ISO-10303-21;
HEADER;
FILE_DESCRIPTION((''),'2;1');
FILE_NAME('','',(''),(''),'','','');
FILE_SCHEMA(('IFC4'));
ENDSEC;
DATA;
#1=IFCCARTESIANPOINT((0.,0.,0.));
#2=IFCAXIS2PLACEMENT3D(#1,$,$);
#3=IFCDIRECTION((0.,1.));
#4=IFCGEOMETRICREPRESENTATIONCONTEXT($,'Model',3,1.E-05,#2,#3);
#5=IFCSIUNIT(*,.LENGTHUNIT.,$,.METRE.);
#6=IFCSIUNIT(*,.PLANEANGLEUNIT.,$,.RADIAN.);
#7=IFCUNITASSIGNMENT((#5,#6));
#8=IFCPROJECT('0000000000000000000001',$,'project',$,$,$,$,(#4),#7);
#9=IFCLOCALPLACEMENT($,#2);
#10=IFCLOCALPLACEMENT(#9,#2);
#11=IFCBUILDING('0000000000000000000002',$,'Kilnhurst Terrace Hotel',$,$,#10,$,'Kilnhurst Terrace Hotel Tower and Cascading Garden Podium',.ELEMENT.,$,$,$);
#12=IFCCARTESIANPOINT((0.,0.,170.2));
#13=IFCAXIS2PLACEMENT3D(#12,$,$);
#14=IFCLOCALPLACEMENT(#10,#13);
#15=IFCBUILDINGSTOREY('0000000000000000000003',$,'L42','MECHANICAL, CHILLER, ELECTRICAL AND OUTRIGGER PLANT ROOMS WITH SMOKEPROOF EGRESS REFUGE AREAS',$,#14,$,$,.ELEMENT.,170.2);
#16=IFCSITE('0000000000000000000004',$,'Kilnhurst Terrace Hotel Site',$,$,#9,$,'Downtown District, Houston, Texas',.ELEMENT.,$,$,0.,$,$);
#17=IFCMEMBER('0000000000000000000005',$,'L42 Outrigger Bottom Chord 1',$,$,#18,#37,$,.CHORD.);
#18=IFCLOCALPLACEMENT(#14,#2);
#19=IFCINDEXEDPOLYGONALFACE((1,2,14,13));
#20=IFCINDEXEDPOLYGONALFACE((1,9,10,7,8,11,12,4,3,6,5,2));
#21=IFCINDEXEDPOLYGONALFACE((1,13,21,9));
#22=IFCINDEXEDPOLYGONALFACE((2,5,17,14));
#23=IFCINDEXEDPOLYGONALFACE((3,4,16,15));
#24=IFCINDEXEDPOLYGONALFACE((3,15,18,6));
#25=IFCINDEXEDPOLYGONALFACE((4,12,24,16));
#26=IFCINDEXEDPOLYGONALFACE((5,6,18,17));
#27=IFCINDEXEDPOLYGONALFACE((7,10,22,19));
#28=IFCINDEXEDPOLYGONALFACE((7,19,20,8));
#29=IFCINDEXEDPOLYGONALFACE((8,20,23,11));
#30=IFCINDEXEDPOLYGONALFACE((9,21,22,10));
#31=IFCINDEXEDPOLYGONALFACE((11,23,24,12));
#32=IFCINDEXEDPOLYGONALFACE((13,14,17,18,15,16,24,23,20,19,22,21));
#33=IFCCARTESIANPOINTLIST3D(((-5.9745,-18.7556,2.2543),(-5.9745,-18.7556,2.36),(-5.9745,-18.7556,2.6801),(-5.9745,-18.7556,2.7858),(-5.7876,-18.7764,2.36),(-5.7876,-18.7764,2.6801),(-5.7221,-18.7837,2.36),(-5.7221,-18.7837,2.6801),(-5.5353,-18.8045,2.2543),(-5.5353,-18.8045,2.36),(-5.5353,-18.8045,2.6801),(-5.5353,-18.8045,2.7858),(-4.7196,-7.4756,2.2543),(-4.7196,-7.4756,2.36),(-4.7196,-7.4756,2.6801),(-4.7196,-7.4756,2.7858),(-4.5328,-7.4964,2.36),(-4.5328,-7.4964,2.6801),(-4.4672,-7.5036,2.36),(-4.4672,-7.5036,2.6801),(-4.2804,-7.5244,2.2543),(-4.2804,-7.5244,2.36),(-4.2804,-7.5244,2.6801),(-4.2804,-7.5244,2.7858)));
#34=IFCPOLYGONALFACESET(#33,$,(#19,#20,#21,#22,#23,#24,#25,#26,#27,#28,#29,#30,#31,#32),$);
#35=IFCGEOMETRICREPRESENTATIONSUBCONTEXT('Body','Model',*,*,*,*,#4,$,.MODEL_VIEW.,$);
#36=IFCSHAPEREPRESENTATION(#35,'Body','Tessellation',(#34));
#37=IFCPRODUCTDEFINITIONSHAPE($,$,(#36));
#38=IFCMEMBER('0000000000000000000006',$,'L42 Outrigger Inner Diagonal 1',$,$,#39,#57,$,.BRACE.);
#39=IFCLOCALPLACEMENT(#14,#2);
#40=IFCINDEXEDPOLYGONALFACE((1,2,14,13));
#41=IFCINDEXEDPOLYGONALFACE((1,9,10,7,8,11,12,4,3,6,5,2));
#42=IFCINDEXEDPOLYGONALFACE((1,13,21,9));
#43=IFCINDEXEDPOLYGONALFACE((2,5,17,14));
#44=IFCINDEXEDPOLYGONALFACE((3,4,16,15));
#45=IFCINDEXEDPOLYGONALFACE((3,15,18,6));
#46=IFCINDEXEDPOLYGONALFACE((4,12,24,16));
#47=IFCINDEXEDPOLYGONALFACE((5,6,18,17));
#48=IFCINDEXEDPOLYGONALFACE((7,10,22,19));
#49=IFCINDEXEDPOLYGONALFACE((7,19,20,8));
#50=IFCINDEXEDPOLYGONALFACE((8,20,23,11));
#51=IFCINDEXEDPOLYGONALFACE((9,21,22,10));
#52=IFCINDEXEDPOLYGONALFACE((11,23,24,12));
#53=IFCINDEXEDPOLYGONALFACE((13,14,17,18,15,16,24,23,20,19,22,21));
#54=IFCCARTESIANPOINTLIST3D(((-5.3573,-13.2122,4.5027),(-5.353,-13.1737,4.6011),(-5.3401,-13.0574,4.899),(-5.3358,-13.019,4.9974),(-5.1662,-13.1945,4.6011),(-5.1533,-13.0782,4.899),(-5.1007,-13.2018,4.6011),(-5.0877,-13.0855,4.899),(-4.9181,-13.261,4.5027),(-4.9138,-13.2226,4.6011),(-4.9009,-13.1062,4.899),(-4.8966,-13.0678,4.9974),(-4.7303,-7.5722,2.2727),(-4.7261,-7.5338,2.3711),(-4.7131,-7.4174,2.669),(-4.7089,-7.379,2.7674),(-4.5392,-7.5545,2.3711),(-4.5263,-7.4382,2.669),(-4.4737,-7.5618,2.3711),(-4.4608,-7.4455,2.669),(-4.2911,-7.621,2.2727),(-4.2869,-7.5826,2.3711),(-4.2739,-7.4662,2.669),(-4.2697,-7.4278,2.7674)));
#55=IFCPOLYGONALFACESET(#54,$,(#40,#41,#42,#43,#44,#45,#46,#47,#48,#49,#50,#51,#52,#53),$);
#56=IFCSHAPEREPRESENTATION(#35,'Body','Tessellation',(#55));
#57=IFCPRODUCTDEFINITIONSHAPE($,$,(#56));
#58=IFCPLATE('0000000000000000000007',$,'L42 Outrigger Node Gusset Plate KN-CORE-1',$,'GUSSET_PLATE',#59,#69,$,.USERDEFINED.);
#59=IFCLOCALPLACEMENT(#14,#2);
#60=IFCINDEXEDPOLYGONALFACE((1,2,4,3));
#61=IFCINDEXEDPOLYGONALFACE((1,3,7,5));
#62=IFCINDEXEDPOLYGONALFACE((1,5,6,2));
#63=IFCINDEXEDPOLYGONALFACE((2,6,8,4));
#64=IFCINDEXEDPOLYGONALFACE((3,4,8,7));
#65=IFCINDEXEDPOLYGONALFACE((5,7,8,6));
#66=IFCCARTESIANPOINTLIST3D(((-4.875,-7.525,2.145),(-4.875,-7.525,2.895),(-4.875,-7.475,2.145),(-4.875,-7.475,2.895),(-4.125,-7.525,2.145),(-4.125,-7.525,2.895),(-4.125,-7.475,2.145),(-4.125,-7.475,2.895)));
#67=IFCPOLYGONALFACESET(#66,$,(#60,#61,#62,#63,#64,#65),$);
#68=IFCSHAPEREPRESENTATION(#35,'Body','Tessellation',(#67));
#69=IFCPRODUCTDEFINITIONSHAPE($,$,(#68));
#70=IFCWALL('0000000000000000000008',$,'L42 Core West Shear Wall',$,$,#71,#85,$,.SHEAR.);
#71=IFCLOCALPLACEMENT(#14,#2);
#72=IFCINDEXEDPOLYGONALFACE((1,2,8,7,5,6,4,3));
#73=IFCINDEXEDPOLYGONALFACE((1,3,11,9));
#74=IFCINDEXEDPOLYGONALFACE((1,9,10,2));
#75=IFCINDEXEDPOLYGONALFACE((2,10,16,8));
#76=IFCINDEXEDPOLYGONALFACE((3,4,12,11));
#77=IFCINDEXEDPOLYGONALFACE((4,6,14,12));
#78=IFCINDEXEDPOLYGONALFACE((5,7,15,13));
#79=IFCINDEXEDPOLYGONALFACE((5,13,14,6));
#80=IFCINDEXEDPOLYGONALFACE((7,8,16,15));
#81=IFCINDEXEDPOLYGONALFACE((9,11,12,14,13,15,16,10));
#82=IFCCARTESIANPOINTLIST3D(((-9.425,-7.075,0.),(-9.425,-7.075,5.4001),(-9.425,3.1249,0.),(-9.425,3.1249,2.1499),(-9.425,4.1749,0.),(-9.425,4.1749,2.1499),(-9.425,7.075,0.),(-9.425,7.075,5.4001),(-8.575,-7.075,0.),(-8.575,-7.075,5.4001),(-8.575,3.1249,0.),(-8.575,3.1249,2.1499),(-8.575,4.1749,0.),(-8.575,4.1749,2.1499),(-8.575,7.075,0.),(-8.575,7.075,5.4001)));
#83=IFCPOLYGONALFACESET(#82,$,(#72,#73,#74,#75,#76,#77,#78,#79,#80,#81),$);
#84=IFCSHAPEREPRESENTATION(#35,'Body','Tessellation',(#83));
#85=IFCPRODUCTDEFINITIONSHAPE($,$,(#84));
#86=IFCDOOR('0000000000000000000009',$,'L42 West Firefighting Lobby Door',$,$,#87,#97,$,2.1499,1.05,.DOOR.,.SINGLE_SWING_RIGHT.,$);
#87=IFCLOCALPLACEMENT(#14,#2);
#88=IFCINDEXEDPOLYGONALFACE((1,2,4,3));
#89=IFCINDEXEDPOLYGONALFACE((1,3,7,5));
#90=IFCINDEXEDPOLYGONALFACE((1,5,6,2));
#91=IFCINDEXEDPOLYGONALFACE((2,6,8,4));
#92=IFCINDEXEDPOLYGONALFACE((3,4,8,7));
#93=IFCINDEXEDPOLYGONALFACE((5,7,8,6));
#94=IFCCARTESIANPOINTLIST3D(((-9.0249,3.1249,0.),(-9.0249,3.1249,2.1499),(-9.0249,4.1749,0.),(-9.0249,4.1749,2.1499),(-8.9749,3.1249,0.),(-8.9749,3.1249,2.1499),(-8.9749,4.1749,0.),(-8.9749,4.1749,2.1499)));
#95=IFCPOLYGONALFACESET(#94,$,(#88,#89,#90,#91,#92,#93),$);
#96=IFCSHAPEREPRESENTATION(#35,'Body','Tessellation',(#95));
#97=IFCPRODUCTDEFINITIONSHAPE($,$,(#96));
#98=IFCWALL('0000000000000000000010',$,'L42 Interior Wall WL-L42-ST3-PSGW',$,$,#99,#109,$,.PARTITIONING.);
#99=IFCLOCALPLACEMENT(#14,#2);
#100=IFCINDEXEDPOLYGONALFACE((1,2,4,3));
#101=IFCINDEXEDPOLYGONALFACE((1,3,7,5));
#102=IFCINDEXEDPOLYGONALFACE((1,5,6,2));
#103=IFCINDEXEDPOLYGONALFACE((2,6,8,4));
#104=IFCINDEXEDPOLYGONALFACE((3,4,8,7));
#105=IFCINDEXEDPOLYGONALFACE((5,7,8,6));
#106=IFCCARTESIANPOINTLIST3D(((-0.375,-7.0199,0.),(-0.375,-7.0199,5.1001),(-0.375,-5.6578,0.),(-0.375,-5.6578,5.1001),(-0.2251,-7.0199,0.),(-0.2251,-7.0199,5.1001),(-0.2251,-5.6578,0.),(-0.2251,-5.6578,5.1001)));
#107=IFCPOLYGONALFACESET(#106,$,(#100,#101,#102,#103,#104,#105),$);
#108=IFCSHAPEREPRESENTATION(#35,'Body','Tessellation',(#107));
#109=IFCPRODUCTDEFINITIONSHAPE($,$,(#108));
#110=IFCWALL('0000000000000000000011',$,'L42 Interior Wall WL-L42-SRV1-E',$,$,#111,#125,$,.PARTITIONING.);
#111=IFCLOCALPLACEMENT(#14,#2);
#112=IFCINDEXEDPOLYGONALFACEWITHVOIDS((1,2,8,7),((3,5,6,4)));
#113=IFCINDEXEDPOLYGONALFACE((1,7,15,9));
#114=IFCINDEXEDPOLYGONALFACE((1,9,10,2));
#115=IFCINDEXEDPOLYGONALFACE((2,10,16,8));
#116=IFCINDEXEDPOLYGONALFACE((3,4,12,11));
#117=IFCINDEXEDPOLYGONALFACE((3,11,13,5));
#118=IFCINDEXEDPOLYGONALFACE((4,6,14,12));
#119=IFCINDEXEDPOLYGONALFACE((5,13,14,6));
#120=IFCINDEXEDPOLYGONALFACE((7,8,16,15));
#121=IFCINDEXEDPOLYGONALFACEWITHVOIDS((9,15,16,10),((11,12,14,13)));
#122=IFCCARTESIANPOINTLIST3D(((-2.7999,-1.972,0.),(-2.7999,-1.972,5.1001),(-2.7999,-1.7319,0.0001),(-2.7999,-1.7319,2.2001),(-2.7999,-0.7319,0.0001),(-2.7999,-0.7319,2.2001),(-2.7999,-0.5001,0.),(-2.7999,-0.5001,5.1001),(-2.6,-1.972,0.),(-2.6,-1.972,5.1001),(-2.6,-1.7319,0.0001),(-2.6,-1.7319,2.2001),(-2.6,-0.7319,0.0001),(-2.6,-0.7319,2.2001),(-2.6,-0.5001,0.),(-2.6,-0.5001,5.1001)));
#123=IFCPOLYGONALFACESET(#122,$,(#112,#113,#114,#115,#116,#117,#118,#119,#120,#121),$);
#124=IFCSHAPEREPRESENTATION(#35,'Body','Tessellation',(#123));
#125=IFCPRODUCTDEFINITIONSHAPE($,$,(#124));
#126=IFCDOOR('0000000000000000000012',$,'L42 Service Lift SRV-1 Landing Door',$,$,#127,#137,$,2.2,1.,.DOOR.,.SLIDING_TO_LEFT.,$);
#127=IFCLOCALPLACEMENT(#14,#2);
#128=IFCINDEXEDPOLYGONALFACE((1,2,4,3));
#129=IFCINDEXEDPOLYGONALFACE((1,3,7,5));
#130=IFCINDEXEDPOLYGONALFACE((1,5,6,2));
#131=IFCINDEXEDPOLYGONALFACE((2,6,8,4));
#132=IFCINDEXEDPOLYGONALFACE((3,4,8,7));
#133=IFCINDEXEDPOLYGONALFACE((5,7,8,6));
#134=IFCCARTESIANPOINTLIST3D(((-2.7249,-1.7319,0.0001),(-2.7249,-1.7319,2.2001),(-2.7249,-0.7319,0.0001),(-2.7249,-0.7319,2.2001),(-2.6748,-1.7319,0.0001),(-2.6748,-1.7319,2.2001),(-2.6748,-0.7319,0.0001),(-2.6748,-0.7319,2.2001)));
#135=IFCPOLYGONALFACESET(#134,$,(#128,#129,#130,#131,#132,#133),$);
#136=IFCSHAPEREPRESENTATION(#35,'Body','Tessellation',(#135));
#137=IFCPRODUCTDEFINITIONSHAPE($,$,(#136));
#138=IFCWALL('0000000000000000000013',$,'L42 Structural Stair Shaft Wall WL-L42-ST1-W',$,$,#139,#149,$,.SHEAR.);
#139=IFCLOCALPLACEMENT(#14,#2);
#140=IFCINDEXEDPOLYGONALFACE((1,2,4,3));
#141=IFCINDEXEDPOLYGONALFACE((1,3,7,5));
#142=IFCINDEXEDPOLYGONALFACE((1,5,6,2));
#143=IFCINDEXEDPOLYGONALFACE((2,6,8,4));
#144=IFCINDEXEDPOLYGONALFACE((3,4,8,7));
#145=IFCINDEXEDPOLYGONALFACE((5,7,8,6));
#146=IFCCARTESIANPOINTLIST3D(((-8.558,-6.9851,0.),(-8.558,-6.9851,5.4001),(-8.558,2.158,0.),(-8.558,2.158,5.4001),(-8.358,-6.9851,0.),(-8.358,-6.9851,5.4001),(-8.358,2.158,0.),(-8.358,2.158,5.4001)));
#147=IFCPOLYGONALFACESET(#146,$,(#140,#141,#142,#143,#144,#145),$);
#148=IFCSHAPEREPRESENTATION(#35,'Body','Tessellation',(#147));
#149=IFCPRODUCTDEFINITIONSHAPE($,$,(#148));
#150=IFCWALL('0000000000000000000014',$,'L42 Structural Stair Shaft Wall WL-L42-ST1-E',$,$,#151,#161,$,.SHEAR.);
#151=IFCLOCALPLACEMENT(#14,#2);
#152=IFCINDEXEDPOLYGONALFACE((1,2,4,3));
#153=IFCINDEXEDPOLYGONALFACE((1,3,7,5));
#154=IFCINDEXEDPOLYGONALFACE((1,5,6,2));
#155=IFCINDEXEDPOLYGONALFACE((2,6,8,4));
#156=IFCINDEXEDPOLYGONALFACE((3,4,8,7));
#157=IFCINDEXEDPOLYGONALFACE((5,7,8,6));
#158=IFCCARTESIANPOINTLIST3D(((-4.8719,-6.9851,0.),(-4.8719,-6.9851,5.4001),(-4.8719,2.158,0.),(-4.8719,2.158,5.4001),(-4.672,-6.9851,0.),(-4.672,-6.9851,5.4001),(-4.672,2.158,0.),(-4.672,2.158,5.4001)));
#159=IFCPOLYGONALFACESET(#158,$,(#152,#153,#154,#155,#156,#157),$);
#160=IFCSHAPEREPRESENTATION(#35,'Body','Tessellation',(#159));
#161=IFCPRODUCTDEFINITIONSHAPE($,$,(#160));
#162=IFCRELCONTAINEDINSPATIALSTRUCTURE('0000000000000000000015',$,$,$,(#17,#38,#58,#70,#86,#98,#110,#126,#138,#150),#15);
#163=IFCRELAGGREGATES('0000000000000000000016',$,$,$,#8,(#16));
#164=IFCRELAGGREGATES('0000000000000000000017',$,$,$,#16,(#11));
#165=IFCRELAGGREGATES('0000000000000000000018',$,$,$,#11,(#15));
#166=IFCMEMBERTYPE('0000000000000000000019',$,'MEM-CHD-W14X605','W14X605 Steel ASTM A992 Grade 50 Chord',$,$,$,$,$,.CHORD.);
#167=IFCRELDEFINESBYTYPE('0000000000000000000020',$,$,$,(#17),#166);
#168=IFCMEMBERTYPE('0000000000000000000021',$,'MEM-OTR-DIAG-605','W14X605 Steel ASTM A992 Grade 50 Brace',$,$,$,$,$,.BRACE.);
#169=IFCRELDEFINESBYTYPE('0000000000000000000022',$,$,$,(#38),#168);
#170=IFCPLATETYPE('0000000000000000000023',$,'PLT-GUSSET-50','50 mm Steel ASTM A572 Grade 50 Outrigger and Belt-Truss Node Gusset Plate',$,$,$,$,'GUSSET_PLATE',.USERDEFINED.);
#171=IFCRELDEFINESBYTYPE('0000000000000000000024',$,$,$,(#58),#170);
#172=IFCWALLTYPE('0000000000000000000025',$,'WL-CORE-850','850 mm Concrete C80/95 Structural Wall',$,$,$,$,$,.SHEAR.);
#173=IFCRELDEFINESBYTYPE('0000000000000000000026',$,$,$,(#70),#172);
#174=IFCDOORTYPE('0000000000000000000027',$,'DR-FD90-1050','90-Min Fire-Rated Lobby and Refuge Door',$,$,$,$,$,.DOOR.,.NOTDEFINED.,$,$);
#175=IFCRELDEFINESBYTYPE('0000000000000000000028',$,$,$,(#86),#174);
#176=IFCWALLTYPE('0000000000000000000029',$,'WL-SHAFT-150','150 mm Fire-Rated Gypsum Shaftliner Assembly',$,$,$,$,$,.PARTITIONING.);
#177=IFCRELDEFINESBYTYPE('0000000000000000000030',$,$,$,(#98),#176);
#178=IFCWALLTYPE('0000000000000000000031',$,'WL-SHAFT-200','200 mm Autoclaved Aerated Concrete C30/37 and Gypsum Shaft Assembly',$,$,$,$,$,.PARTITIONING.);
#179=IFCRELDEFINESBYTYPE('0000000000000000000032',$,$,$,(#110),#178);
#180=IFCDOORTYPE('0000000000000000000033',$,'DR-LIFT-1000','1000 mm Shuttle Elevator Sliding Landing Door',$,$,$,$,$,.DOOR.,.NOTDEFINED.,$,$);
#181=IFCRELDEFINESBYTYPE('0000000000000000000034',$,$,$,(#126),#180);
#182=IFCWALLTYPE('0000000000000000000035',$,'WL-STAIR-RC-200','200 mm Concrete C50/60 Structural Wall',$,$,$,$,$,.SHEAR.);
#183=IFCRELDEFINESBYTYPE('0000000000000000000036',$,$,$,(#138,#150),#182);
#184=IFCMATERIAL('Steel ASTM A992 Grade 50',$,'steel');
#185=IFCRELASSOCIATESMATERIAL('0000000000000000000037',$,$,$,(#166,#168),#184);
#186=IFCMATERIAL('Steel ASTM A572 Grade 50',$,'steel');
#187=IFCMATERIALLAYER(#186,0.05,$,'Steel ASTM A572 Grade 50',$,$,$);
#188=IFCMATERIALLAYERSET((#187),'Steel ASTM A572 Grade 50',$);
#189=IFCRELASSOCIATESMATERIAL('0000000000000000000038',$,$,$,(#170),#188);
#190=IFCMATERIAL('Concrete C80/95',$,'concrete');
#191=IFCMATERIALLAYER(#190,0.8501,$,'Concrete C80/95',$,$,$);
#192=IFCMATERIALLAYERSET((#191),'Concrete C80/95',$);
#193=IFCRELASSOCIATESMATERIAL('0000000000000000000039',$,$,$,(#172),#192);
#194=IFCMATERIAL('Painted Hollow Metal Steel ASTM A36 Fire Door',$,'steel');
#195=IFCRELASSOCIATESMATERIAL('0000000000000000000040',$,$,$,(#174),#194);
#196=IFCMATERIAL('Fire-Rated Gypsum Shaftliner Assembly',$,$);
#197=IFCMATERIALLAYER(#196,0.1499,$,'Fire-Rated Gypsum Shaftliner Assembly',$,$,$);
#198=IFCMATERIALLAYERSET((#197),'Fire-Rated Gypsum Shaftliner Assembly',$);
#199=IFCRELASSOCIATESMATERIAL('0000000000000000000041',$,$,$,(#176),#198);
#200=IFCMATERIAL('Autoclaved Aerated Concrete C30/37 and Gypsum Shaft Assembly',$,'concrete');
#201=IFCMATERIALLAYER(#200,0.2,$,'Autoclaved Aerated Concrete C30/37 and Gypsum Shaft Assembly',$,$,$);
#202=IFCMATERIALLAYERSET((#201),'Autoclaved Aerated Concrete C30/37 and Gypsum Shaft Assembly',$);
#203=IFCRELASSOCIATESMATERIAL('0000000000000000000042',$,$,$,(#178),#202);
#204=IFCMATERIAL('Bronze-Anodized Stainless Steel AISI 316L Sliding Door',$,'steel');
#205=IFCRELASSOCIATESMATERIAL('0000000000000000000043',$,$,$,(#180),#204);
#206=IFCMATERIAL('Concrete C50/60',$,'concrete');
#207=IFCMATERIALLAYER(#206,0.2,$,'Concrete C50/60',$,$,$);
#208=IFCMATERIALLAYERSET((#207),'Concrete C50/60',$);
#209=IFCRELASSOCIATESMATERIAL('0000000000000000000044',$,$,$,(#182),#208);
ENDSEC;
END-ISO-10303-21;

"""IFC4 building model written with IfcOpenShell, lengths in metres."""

from ifc_helpers import new_model, si_unit, direction, frame, frame_2d, origin, origin_2d, place, context, subcontext, project, spatial, rectangle, i_section, extrude, material, layer, layer_set, material_profile, profile_set, type_object, element, fill, save


model = new_model("IFC4")

# Units and contexts
model_context = context("Model", 3, precision=1e-05, world=origin(), true_north=direction((0.0, 1.0)))
body_context = subcontext(model_context, "Body", "Model", "MODEL_VIEW")
ifc_project = project(units=[si_unit("LENGTHUNIT", "METRE"), si_unit("PLANEANGLEUNIT", "RADIAN")], contexts=[model_context])

# Site, building, storey
site_placement = place(None, origin())
site = spatial("IfcSite", under=ifc_project, at=site_placement, Name="Kilnhurst Terrace Hotel Site", LongName="Downtown District, Houston, Texas", CompositionType="ELEMENT", RefElevation=0.0)
building_placement = place(site_placement, origin())
building = spatial("IfcBuilding", under=site, at=building_placement, Name="Kilnhurst Terrace Hotel", LongName="Kilnhurst Terrace Hotel Tower and Cascading Garden Podium", CompositionType="ELEMENT")
storey_placement = place(building_placement, frame((0.0, 0.0, 170.2)))
storey = spatial("IfcBuildingStorey", under=building, at=storey_placement, Name="L42", Description="MECHANICAL, CHILLER, ELECTRICAL AND OUTRIGGER PLANT ROOMS WITH SMOKEPROOF EGRESS REFUGE AREAS", CompositionType="ELEMENT", Elevation=170.2)

# Members
ifc_material_1 = material(Name="Steel ASTM A992 Grade 50", Category="steel")
ifc_material_profile_1 = material_profile(ifc_material_1, i_section(OverallWidth=0.4419, OverallDepth=0.5315, WebThickness=0.0659, FlangeThickness=0.1057, at=origin_2d()), Name="W14X605")
ifc_profile_set_1 = profile_set([ifc_material_profile_1], Name="Steel ASTM A992 Grade 50")
member_type_1 = type_object("IfcMemberType", Name="MEM-CHD-W14X605", Description="W14X605 Steel ASTM A992 Grade 50 Chord", PredefinedType="CHORD", material=ifc_profile_set_1)
member_1_placement = place(storey_placement, frame((-4.5, -7.5, 2.52), z_axis=(-0.110566, -0.993869, 0.0), x_axis=(0.993869, -0.110566, 0.0)))
element("IfcMember", 1, at=member_1_placement, inside=storey, type_object=member_type_1, Name="L42 Outrigger Bottom Chord 1", PredefinedType="CHORD", context=body_context, shape_type="SweptSolid", body=[
    extrude(i_section(OverallWidth=0.4419, OverallDepth=0.5315, WebThickness=0.0659, FlangeThickness=0.1057, at=origin_2d()), origin(), (0.0, 0.0, 1.0), 11.3496),
])
ifc_material_profile_2 = material_profile(ifc_material_1, i_section(OverallWidth=0.4419, OverallDepth=0.5315, WebThickness=0.0659, FlangeThickness=0.1057, at=origin_2d()), Name="W14X605")
ifc_profile_set_2 = profile_set([ifc_material_profile_2], Name="Steel ASTM A992 Grade 50")
member_type_2 = type_object("IfcMemberType", Name="MEM-OTR-DIAG-605", Description="W14X605 Steel ASTM A992 Grade 50 Brace", PredefinedType="BRACE", material=ifc_profile_set_2)
member_2_placement = place(storey_placement, frame((-4.5, -7.5, 2.52), z_axis=(-0.102829, -0.925017, 0.365746), x_axis=(0.993878, -0.110483, 0.0)))
element("IfcMember", 2, at=member_2_placement, inside=storey, type_object=member_type_2, Name="L42 Outrigger Inner Diagonal 1", PredefinedType="BRACE", context=body_context, shape_type="SweptSolid", body=[
    extrude(i_section(OverallWidth=0.4419, OverallDepth=0.5315, WebThickness=0.0659, FlangeThickness=0.1057, at=origin_2d()), origin(), (0.0, 0.0, 1.0), 6.0972),
])

# Plate
ifc_material_2 = material(Name="Steel ASTM A572 Grade 50", Category="steel")
ifc_layer_1 = layer(ifc_material_2, 0.05, Name="Steel ASTM A572 Grade 50")
ifc_layer_set_1 = layer_set([ifc_layer_1], Name="Steel ASTM A572 Grade 50")
plate_type = type_object("IfcPlateType", Name="PLT-GUSSET-50", Description="50 mm Steel ASTM A572 Grade 50 Outrigger and Belt-Truss Node Gusset Plate", ElementType="GUSSET_PLATE", PredefinedType="USERDEFINED", material=ifc_layer_set_1)
plate_placement = place(storey_placement, frame((-4.5, -7.5, 2.145), z_axis=(0.0, 0.0, 1.0), x_axis=(1.0, 0.0, 0.0)))
element("IfcPlate", 3, at=plate_placement, inside=storey, type_object=plate_type, Name="L42 Outrigger Node Gusset Plate KN-CORE-1", ObjectType="GUSSET_PLATE", PredefinedType="USERDEFINED", context=body_context, shape_type="SweptSolid", body=[
    extrude(rectangle(XDim=0.75, YDim=0.05, at=origin_2d()), origin(), (0.0, 0.0, 1.0), 0.75),
])

# Wall, opening, door
ifc_material_3 = material(Name="Concrete C80/95", Category="concrete")
ifc_layer_2 = layer(ifc_material_3, 0.8501, Name="Concrete C80/95")
ifc_layer_set_2 = layer_set([ifc_layer_2], Name="Concrete C80/95")
wall_type_1 = type_object("IfcWallType", Name="WL-CORE-850", Description="850 mm Concrete C80/95 Structural Wall", PredefinedType="SHEAR", material=ifc_layer_set_2)
wall_1_placement = place(storey_placement, frame((-9.0, -7.075, 0.0), z_axis=(0.0, 0.0, 1.0), x_axis=(0.0, 1.0, 0.0)))
wall_1 = element("IfcWall", 4, at=wall_1_placement, inside=storey, type_object=wall_type_1, Name="L42 Core West Shear Wall", PredefinedType="SHEAR", context=body_context, shape_type="SweptSolid", body=[
    extrude(rectangle(XDim=14.1499, YDim=0.8501, at=frame_2d((7.075, 0.0))), origin(), (0.0, 0.0, 1.0), 5.4001),
])
opening_1_placement = place(wall_1_placement, frame((10.2, 0.0, 0.0)))
opening_1 = element("IfcOpeningElement", 5, at=opening_1_placement, cuts=wall_1, PredefinedType="OPENING", context=body_context, shape_type="SweptSolid", body=[
    extrude(rectangle(XDim=1.05, YDim=2.1499, at=frame_2d((0.5249, 1.075))), frame((0.0, 0.4351, 0.0), z_axis=(0.0, -1.0, 0.0), x_axis=(1.0, 0.0, 0.0)), (0.0, 0.0, 1.0), 0.8701),
])
ifc_material_4 = material(Name="Painted Hollow Metal Steel ASTM A36 Fire Door", Category="steel")
door_type_1 = type_object("IfcDoorType", Name="DR-FD90-1050", Description="90-Min Fire-Rated Lobby and Refuge Door", OperationType="NOTDEFINED", PredefinedType="DOOR", material=ifc_material_4)
door_1_placement = place(opening_1_placement, origin())
door_1 = element("IfcDoor", 6, at=door_1_placement, inside=storey, type_object=door_type_1, Name="L42 West Firefighting Lobby Door", OperationType="SINGLE_SWING_RIGHT", OverallHeight=2.1499, OverallWidth=1.05, PredefinedType="DOOR", context=body_context, shape_type="SweptSolid", body=[
    extrude(rectangle(XDim=1.05, YDim=2.1499, at=frame_2d((0.5249, 1.075))), frame((0.0, 0.0249, 0.0), z_axis=(0.0, -1.0, 0.0), x_axis=(1.0, 0.0, 0.0)), (0.0, 0.0, 1.0), 0.05),
])
fill(opening_1, door_1)

# Wall
ifc_material_5 = material(Name="Fire-Rated Gypsum Shaftliner Assembly")
ifc_layer_3 = layer(ifc_material_5, 0.1499, Name="Fire-Rated Gypsum Shaftliner Assembly")
ifc_layer_set_3 = layer_set([ifc_layer_3], Name="Fire-Rated Gypsum Shaftliner Assembly")
wall_type_2 = type_object("IfcWallType", Name="WL-SHAFT-150", Description="150 mm Fire-Rated Gypsum Shaftliner Assembly", PredefinedType="PARTITIONING", material=ifc_layer_set_3)
wall_2_placement = place(storey_placement, frame((-0.3, -7.02, 0.0), z_axis=(0.0, 0.0, 1.0), x_axis=(0.0, 1.0, 0.0)))
element("IfcWall", 7, at=wall_2_placement, inside=storey, type_object=wall_type_2, Name="L42 Interior Wall WL-L42-ST3-PSGW", PredefinedType="PARTITIONING", context=body_context, shape_type="SweptSolid", body=[
    extrude(rectangle(XDim=1.3621, YDim=0.1499, at=frame_2d((0.6812, 0.0))), origin(), (0.0, 0.0, 1.0), 5.1001),
])

# Wall, opening, door
ifc_material_6 = material(Name="Autoclaved Aerated Concrete C30/37 and Gypsum Shaft Assembly", Category="concrete")
ifc_layer_4 = layer(ifc_material_6, 0.2, Name="Autoclaved Aerated Concrete C30/37 and Gypsum Shaft Assembly")
ifc_layer_set_4 = layer_set([ifc_layer_4], Name="Autoclaved Aerated Concrete C30/37 and Gypsum Shaft Assembly")
wall_type_3 = type_object("IfcWallType", Name="WL-SHAFT-200", Description="200 mm Autoclaved Aerated Concrete C30/37 and Gypsum Shaft Assembly", PredefinedType="PARTITIONING", material=ifc_layer_set_4)
wall_3_placement = place(storey_placement, frame((-2.7, -1.9719, 0.0), z_axis=(0.0, 0.0, 1.0), x_axis=(0.0, 1.0, 0.0)))
wall_3 = element("IfcWall", 8, at=wall_3_placement, inside=storey, type_object=wall_type_3, Name="L42 Interior Wall WL-L42-SRV1-E", PredefinedType="PARTITIONING", context=body_context, shape_type="SweptSolid", body=[
    extrude(rectangle(XDim=1.4719, YDim=0.2, at=frame_2d((0.7358, 0.0))), origin(), (0.0, 0.0, 1.0), 5.1001),
])
opening_2_placement = place(wall_3_placement, frame((0.24, 0.0, 0.0)))
opening_2 = element("IfcOpeningElement", 9, at=opening_2_placement, cuts=wall_3, PredefinedType="OPENING", context=body_context, shape_type="SweptSolid", body=[
    extrude(rectangle(XDim=1.0, YDim=2.2, at=frame_2d((0.5, 1.1001))), frame((0.0, 0.1099, 0.0), z_axis=(0.0, -1.0, 0.0), x_axis=(1.0, 0.0, 0.0)), (0.0, 0.0, 1.0), 0.22),
])
ifc_material_7 = material(Name="Bronze-Anodized Stainless Steel AISI 316L Sliding Door", Category="steel")
door_type_2 = type_object("IfcDoorType", Name="DR-LIFT-1000", Description="1000 mm Shuttle Elevator Sliding Landing Door", OperationType="NOTDEFINED", PredefinedType="DOOR", material=ifc_material_7)
door_2_placement = place(opening_2_placement, origin())
door_2 = element("IfcDoor", 10, at=door_2_placement, inside=storey, type_object=door_type_2, Name="L42 Service Lift SRV-1 Landing Door", OperationType="SLIDING_TO_LEFT", OverallHeight=2.2, OverallWidth=1.0, PredefinedType="DOOR", context=body_context, shape_type="SweptSolid", body=[
    extrude(rectangle(XDim=1.0, YDim=2.2, at=frame_2d((0.5, 1.1001))), frame((0.0, 0.0249, 0.0), z_axis=(0.0, -1.0, 0.0), x_axis=(1.0, 0.0, 0.0)), (0.0, 0.0, 1.0), 0.05),
])
fill(opening_2, door_2)

# Walls
ifc_material_8 = material(Name="Concrete C50/60", Category="concrete")
ifc_layer_5 = layer(ifc_material_8, 0.2, Name="Concrete C50/60")
ifc_layer_set_5 = layer_set([ifc_layer_5], Name="Concrete C50/60")
wall_type_4 = type_object("IfcWallType", Name="WL-STAIR-RC-200", Description="200 mm Concrete C50/60 Structural Wall", PredefinedType="SHEAR", material=ifc_layer_set_5)
for number, where, z_axis, x_axis, name in (
    (11, (-8.458, -6.9851, 0.0), (0.0, 0.0, 1.0), (0.0, 1.0, 0.0), "L42 Structural Stair Shaft Wall WL-L42-ST1-W"),
    (12, (-4.772, -6.9851, 0.0), (0.0, 0.0, 1.0), (0.0, 1.0, 0.0), "L42 Structural Stair Shaft Wall WL-L42-ST1-E"),
):
    element("IfcWall", number, at=place(storey_placement, frame(where, z_axis=z_axis, x_axis=x_axis)), inside=storey, type_object=wall_type_4, Name=name, PredefinedType="SHEAR", context=body_context, shape_type="SweptSolid", body=[
        extrude(rectangle(XDim=9.1431, YDim=0.2, at=frame_2d((4.5715, 0.0))), origin(), (0.0, 0.0, 1.0), 5.4001),
    ])

save(model, "model.ifc")
